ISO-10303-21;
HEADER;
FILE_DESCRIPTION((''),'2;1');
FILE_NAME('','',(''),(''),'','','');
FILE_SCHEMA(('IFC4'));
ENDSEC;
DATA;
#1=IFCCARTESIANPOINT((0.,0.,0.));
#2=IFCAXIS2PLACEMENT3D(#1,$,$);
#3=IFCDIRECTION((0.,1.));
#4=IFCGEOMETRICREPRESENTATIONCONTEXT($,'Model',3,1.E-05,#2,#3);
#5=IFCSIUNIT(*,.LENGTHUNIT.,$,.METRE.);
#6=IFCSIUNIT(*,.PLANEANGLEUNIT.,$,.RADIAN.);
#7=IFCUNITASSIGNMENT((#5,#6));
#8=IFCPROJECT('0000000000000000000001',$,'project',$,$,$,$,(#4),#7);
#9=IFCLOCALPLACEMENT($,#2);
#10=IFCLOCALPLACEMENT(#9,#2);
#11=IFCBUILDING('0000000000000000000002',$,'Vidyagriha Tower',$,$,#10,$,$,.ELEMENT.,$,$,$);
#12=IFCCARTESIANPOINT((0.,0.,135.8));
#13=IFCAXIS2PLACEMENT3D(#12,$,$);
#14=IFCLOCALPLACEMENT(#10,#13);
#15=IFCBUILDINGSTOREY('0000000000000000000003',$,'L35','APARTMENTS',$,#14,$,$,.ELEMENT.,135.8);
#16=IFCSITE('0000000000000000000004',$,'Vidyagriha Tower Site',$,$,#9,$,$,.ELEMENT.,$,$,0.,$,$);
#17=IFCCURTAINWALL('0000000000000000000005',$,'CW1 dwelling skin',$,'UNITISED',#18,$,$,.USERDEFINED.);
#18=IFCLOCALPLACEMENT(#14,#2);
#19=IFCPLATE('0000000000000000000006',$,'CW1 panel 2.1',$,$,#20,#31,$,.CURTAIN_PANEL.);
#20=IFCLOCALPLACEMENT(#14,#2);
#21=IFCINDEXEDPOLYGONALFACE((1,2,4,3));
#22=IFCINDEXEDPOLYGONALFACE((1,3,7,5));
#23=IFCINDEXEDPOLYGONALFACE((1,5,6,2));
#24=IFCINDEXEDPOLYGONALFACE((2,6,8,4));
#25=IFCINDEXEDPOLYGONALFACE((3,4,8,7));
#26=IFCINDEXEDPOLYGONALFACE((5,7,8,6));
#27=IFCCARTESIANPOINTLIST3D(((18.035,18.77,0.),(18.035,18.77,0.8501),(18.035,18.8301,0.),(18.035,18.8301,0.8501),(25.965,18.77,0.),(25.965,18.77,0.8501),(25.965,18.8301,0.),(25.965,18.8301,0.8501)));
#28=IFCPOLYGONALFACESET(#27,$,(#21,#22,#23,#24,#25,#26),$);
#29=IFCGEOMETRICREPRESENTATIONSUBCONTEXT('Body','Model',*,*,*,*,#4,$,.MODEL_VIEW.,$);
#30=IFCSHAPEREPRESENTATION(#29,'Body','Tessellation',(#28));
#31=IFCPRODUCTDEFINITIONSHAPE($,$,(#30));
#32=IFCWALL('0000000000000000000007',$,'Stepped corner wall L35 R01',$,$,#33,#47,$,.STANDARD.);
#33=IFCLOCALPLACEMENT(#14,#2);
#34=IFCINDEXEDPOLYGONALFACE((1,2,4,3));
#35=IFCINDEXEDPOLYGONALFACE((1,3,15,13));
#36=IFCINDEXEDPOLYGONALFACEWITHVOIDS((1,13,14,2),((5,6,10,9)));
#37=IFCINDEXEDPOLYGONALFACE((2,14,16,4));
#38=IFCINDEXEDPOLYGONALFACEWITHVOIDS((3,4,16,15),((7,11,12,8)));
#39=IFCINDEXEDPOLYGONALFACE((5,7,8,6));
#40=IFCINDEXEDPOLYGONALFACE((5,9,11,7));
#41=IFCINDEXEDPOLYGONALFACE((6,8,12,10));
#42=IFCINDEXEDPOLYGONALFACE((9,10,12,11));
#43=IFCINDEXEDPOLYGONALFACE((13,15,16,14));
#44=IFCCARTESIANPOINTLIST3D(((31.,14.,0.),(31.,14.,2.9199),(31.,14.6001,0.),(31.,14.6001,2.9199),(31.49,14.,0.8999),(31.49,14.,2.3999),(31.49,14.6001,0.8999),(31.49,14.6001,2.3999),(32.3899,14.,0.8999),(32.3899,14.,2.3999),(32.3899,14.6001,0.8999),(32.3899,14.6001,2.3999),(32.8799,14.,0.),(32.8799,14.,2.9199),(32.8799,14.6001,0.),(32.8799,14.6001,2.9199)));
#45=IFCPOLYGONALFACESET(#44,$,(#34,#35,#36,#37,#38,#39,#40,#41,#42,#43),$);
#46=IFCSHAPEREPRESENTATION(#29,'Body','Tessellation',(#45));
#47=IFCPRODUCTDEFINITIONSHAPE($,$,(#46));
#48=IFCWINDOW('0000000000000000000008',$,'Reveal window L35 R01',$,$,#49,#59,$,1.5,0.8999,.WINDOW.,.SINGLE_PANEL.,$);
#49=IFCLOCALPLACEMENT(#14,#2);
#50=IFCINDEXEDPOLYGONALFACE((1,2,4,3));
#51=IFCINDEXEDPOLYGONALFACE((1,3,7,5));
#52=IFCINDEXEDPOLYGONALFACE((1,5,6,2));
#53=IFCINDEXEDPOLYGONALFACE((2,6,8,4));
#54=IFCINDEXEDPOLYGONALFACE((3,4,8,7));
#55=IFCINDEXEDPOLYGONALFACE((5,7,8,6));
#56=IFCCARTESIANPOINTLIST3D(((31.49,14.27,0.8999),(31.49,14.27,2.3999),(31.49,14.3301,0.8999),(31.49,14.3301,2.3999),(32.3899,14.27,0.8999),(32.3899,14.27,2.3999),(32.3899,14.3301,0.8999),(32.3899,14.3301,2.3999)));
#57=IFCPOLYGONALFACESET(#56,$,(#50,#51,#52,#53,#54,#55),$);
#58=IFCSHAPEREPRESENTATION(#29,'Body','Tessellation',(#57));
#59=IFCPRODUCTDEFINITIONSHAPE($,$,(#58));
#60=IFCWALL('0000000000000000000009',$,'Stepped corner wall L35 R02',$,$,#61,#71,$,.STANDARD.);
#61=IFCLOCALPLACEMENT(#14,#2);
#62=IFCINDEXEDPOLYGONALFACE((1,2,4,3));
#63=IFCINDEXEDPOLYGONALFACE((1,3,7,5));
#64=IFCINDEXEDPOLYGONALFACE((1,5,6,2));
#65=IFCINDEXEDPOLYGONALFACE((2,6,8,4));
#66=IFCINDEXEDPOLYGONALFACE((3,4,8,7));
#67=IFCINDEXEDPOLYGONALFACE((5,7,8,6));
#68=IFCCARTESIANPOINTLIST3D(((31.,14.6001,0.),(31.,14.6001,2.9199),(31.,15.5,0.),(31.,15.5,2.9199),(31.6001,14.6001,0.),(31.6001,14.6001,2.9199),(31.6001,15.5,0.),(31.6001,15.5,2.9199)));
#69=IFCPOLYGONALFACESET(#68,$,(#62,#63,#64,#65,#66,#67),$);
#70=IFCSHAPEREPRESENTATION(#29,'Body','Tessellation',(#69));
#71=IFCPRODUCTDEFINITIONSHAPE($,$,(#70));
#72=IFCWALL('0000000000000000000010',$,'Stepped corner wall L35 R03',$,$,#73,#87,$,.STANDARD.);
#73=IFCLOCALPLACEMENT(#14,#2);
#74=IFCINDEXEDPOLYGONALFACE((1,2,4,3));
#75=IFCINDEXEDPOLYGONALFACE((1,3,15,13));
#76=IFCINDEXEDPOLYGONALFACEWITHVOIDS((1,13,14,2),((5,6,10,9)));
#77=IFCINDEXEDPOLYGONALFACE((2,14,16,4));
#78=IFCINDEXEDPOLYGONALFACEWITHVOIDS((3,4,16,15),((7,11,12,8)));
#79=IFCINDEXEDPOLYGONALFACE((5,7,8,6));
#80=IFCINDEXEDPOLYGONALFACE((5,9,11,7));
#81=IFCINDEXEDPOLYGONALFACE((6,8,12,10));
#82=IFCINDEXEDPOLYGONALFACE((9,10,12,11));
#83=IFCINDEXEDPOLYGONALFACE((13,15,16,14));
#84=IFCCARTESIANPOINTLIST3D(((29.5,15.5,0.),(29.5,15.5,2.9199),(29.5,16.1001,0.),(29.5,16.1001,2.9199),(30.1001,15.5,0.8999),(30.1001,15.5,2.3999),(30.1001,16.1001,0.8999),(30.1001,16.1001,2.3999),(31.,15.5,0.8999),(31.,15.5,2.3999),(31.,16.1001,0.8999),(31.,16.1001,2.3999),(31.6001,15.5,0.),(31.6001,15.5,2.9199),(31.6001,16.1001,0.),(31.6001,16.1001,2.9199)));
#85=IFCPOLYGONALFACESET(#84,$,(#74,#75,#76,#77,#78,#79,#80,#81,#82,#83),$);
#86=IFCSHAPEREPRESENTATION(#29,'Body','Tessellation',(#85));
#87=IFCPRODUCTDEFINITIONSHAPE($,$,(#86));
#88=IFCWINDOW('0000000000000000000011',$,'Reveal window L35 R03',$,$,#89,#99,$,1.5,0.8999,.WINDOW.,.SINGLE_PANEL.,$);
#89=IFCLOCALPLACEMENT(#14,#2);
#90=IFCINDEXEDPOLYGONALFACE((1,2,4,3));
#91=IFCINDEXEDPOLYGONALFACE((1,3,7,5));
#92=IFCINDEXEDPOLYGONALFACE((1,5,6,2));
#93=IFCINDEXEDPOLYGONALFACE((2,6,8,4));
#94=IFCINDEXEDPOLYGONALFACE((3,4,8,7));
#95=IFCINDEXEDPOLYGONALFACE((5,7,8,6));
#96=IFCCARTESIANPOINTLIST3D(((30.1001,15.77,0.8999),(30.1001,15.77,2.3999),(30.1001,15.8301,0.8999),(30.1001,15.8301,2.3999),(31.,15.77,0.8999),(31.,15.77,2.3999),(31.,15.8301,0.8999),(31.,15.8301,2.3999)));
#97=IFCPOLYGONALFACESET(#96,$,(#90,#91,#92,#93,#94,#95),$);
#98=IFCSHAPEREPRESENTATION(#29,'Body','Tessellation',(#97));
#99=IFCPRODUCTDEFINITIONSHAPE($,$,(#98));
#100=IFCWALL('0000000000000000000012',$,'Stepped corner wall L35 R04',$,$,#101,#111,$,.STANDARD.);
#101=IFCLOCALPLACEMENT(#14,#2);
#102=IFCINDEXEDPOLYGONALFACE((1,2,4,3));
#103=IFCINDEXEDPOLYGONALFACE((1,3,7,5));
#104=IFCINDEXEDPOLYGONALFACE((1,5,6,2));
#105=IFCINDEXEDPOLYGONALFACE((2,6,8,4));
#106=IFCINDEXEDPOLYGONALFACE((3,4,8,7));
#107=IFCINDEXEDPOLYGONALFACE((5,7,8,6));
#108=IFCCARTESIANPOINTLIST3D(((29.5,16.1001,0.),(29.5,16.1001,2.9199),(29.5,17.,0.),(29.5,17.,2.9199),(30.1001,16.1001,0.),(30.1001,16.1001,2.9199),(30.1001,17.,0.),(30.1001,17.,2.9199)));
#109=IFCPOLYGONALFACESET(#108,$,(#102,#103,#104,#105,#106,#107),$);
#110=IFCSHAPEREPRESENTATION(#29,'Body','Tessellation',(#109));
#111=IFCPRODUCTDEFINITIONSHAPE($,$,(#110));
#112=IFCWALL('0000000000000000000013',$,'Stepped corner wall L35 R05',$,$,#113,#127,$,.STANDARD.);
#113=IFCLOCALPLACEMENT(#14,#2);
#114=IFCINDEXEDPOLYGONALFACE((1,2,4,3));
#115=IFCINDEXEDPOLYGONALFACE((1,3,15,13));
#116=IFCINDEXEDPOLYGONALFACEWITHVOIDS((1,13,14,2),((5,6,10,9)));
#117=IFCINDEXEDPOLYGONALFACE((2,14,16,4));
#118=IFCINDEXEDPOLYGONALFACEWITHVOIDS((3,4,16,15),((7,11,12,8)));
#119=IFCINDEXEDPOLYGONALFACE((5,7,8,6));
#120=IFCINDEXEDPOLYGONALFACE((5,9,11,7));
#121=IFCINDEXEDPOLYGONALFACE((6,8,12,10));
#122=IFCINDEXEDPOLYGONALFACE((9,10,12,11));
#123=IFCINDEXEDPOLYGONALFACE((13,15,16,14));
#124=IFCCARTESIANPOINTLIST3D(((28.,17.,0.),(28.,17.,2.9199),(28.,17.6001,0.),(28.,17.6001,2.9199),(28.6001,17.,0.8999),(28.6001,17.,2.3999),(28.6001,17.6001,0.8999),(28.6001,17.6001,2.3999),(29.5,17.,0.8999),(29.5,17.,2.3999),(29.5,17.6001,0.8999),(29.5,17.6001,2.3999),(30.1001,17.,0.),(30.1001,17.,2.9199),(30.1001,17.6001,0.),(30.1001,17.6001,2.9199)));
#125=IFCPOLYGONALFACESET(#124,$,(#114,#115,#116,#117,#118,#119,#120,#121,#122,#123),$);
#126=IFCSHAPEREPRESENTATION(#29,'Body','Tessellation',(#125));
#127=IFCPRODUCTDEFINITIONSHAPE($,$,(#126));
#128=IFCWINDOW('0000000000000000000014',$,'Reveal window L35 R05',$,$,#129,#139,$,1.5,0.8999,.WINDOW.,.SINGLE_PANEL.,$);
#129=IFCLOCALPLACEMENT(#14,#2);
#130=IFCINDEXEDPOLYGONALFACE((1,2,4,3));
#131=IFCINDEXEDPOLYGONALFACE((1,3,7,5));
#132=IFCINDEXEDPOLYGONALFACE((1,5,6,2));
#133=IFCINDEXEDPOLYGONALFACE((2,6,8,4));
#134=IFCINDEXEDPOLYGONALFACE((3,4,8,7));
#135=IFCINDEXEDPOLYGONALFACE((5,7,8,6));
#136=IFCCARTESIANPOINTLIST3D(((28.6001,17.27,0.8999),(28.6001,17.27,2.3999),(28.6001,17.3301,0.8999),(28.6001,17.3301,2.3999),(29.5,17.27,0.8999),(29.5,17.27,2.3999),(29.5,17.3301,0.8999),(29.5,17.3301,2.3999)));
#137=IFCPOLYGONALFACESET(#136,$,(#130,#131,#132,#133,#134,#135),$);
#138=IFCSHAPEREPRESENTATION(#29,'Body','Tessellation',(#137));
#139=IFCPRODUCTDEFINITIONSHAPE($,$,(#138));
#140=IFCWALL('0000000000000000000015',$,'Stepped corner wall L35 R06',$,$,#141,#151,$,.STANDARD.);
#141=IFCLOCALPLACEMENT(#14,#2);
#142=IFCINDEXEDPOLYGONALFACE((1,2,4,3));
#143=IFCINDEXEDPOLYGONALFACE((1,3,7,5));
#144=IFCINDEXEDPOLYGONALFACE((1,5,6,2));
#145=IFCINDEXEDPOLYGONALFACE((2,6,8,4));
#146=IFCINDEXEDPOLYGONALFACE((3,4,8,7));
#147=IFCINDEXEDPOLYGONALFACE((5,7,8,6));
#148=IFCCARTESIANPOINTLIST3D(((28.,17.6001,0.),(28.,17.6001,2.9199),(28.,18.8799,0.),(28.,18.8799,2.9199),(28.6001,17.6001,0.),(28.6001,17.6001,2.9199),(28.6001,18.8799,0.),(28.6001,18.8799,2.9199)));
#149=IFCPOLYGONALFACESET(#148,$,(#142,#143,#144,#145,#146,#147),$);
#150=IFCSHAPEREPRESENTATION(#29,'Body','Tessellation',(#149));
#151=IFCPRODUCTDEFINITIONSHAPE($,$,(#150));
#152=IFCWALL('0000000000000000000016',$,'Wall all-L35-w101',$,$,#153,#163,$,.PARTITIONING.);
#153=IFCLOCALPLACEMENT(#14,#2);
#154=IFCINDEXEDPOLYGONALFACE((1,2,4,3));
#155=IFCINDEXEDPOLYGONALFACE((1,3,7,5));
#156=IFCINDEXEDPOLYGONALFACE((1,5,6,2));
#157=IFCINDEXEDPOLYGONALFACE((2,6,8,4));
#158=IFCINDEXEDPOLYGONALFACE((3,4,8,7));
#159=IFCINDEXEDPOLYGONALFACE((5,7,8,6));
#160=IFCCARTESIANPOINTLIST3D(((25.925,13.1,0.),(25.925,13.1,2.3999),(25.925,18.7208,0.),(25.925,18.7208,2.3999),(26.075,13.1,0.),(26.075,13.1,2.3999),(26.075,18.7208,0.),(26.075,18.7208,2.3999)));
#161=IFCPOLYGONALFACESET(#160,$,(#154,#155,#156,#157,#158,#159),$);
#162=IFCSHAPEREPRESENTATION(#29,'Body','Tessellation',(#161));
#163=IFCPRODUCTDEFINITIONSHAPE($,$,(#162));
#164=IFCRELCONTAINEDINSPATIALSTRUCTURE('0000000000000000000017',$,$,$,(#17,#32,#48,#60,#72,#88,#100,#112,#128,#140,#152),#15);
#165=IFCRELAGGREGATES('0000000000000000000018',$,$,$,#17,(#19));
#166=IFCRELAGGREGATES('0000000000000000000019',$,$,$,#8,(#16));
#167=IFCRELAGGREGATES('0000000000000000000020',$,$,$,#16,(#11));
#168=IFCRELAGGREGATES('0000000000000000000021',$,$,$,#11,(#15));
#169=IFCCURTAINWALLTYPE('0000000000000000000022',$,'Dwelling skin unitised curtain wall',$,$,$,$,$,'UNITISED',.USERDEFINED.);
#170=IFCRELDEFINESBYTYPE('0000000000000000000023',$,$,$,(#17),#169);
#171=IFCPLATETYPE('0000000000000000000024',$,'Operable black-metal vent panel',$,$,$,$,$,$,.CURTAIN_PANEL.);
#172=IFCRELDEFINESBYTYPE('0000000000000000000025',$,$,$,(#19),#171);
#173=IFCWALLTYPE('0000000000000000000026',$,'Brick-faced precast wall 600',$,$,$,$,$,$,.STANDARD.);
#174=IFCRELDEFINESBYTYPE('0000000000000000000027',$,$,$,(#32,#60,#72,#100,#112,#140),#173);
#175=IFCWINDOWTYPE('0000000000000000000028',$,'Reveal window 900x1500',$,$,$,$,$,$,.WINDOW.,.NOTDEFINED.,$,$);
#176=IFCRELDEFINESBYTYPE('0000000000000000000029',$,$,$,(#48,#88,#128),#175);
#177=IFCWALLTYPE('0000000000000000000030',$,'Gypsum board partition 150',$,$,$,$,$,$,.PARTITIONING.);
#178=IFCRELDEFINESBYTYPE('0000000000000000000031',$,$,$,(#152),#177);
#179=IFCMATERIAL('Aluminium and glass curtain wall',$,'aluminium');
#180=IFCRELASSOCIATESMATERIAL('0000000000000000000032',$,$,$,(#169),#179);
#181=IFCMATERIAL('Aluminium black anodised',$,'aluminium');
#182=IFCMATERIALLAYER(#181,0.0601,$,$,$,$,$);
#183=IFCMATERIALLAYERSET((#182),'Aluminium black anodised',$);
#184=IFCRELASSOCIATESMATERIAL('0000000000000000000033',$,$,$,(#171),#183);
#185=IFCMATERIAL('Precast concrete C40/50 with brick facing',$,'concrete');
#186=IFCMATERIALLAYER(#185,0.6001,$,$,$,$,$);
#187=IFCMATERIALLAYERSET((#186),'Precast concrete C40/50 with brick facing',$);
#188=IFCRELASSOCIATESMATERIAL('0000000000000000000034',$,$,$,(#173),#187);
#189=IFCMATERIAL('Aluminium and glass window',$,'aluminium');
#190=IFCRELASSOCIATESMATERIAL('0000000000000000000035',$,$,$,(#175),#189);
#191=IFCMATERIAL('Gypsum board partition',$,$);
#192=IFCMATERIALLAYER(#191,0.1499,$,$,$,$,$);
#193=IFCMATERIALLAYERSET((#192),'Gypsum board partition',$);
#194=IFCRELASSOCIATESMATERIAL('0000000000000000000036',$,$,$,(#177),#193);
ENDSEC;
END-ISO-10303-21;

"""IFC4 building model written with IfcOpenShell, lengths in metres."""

from ifc_helpers import new_model, si_unit, direction, frame, frame_2d, origin, origin_2d, place, context, subcontext, project, spatial, rectangle, extrude, material, layer, layer_set, type_object, element, fill, aggregate, save


model = new_model("IFC4")

# Units and contexts
model_context = context("Model", 3, precision=1e-05, world=origin(), true_north=direction((0.0, 1.0)))
body_context = subcontext(model_context, "Body", "Model", "MODEL_VIEW")
ifc_project = project(units=[si_unit("LENGTHUNIT", "METRE"), si_unit("PLANEANGLEUNIT", "RADIAN")], contexts=[model_context])

# Site, building, storey
site_placement = place(None, origin())
site = spatial("IfcSite", under=ifc_project, at=site_placement, Name="Vidyagriha Tower Site", CompositionType="ELEMENT", RefElevation=0.0)
building_placement = place(site_placement, origin())
building = spatial("IfcBuilding", under=site, at=building_placement, Name="Vidyagriha Tower", CompositionType="ELEMENT")
storey_placement = place(building_placement, frame((0.0, 0.0, 135.8)))
storey = spatial("IfcBuildingStorey", under=building, at=storey_placement, Name="L35", Description="APARTMENTS", CompositionType="ELEMENT", Elevation=135.8)

# Curtain wall, plate
ifc_material_1 = material(Name="Aluminium and glass curtain wall", Category="aluminium")
curtain_wall_type = type_object("IfcCurtainWallType", Name="Dwelling skin unitised curtain wall", ElementType="UNITISED", PredefinedType="USERDEFINED", material=ifc_material_1)
curtain_wall_placement = place(storey_placement, origin())
curtain_wall = element("IfcCurtainWall", 1, at=curtain_wall_placement, inside=storey, type_object=curtain_wall_type, Name="CW1 dwelling skin", ObjectType="UNITISED", PredefinedType="USERDEFINED")
ifc_material_2 = material(Name="Aluminium black anodised", Category="aluminium")
ifc_layer_1 = layer(ifc_material_2, 0.0601)
ifc_layer_set_1 = layer_set([ifc_layer_1], Name="Aluminium black anodised")
plate_type_1 = type_object("IfcPlateType", Name="Operable black-metal vent panel", PredefinedType="CURTAIN_PANEL", material=ifc_layer_set_1)
plate_1_placement = place(storey_placement, frame((22.0, 18.8, 0.0), z_axis=(0.0, 0.0, 1.0), x_axis=(-1.0, 0.0, 0.0)))
plate_1 = element("IfcPlate", 2, at=plate_1_placement, type_object=plate_type_1, Name="CW1 panel 2.1", PredefinedType="CURTAIN_PANEL", context=body_context, shape_type="SweptSolid", body=[
    extrude(rectangle(XDim=7.9299, YDim=0.0601, at=origin_2d()), origin(), (0.0, 0.0, 1.0), 0.8501),
])
aggregate(curtain_wall, [plate_1])

# Wall, opening, window
ifc_material_3 = material(Name="Precast concrete C40/50 with brick facing", Category="concrete")
ifc_layer_2 = layer(ifc_material_3, 0.6001)
ifc_layer_set_2 = layer_set([ifc_layer_2], Name="Precast concrete C40/50 with brick facing")
wall_type_1 = type_object("IfcWallType", Name="Brick-faced precast wall 600", PredefinedType="STANDARD", material=ifc_layer_set_2)
wall_1_placement = place(storey_placement, frame((32.8799, 14.3, 0.0), z_axis=(0.0, 0.0, 1.0), x_axis=(-1.0, 0.0, 0.0)))
wall_1 = element("IfcWall", 3, at=wall_1_placement, inside=storey, type_object=wall_type_1, Name="Stepped corner wall L35 R01", PredefinedType="STANDARD", context=body_context, shape_type="SweptSolid", body=[
    extrude(rectangle(XDim=1.8799, YDim=0.6001, at=frame_2d((0.9399, 0.0))), origin(), (0.0, 0.0, 1.0), 2.9199),
])
opening_1_placement = place(wall_1_placement, frame((0.49, 0.0, 0.8999)))
opening_1 = element("IfcOpeningElement", 4, at=opening_1_placement, cuts=wall_1, PredefinedType="OPENING", context=body_context, shape_type="SweptSolid", body=[
    extrude(rectangle(XDim=0.8999, YDim=1.5, at=frame_2d((0.45, 0.75))), frame((0.0, 0.3101, 0.0), z_axis=(0.0, -1.0, 0.0), x_axis=(1.0, 0.0, 0.0)), (0.0, 0.0, 1.0), 0.6201),
])
ifc_material_4 = material(Name="Aluminium and glass window", Category="aluminium")
window_type = type_object("IfcWindowType", Name="Reveal window 900x1500", PartitioningType="NOTDEFINED", PredefinedType="WINDOW", material=ifc_material_4)
window_1_placement = place(opening_1_placement, origin())
window_1 = element("IfcWindow", 5, at=window_1_placement, inside=storey, type_object=window_type, Name="Reveal window L35 R01", OverallHeight=1.5, OverallWidth=0.8999, PartitioningType="SINGLE_PANEL", PredefinedType="WINDOW", context=body_context, shape_type="SweptSolid", body=[
    extrude(rectangle(XDim=0.8999, YDim=1.5, at=frame_2d((0.45, 0.75))), frame((0.0, 0.03, 0.0), z_axis=(0.0, -1.0, 0.0), x_axis=(1.0, 0.0, 0.0)), (0.0, 0.0, 1.0), 0.0601),
])
fill(opening_1, window_1)

# Wall
wall_2_placement = place(storey_placement, frame((31.3, 14.6001, 0.0), z_axis=(0.0, 0.0, 1.0), x_axis=(0.0, 1.0, 0.0)))
element("IfcWall", 6, at=wall_2_placement, inside=storey, type_object=wall_type_1, Name="Stepped corner wall L35 R02", PredefinedType="STANDARD", context=body_context, shape_type="SweptSolid", body=[
    extrude(rectangle(XDim=0.8999, YDim=0.6001, at=frame_2d((0.45, 0.0))), origin(), (0.0, 0.0, 1.0), 2.9199),
])

# Wall, opening, window
wall_3_placement = place(storey_placement, frame((31.6001, 15.8, 0.0), z_axis=(0.0, 0.0, 1.0), x_axis=(-1.0, 0.0, 0.0)))
wall_3 = element("IfcWall", 7, at=wall_3_placement, inside=storey, type_object=wall_type_1, Name="Stepped corner wall L35 R03", PredefinedType="STANDARD", context=body_context, shape_type="SweptSolid", body=[
    extrude(rectangle(XDim=2.1001, YDim=0.6001, at=frame_2d((1.05, 0.0))), origin(), (0.0, 0.0, 1.0), 2.9199),
])
opening_2_placement = place(wall_3_placement, frame((0.6001, 0.0, 0.8999)))
opening_2 = element("IfcOpeningElement", 8, at=opening_2_placement, cuts=wall_3, PredefinedType="OPENING", context=body_context, shape_type="SweptSolid", body=[
    extrude(rectangle(XDim=0.8999, YDim=1.5, at=frame_2d((0.45, 0.75))), frame((0.0, 0.3101, 0.0), z_axis=(0.0, -1.0, 0.0), x_axis=(1.0, 0.0, 0.0)), (0.0, 0.0, 1.0), 0.6201),
])
window_2_placement = place(opening_2_placement, origin())
window_2 = element("IfcWindow", 9, at=window_2_placement, inside=storey, type_object=window_type, Name="Reveal window L35 R03", OverallHeight=1.5, OverallWidth=0.8999, PartitioningType="SINGLE_PANEL", PredefinedType="WINDOW", context=body_context, shape_type="SweptSolid", body=[
    extrude(rectangle(XDim=0.8999, YDim=1.5, at=frame_2d((0.45, 0.75))), frame((0.0, 0.03, 0.0), z_axis=(0.0, -1.0, 0.0), x_axis=(1.0, 0.0, 0.0)), (0.0, 0.0, 1.0), 0.0601),
])
fill(opening_2, window_2)

# Wall
wall_4_placement = place(storey_placement, frame((29.8, 16.1001, 0.0), z_axis=(0.0, 0.0, 1.0), x_axis=(0.0, 1.0, 0.0)))
element("IfcWall", 10, at=wall_4_placement, inside=storey, type_object=wall_type_1, Name="Stepped corner wall L35 R04", PredefinedType="STANDARD", context=body_context, shape_type="SweptSolid", body=[
    extrude(rectangle(XDim=0.8999, YDim=0.6001, at=frame_2d((0.45, 0.0))), origin(), (0.0, 0.0, 1.0), 2.9199),
])

# Wall, opening, window
wall_5_placement = place(storey_placement, frame((30.1001, 17.3, 0.0), z_axis=(0.0, 0.0, 1.0), x_axis=(-1.0, 0.0, 0.0)))
wall_5 = element("IfcWall", 11, at=wall_5_placement, inside=storey, type_object=wall_type_1, Name="Stepped corner wall L35 R05", PredefinedType="STANDARD", context=body_context, shape_type="SweptSolid", body=[
    extrude(rectangle(XDim=2.1001, YDim=0.6001, at=frame_2d((1.05, 0.0))), origin(), (0.0, 0.0, 1.0), 2.9199),
])
opening_3_placement = place(wall_5_placement, frame((0.6001, 0.0, 0.8999)))
opening_3 = element("IfcOpeningElement", 12, at=opening_3_placement, cuts=wall_5, PredefinedType="OPENING", context=body_context, shape_type="SweptSolid", body=[
    extrude(rectangle(XDim=0.8999, YDim=1.5, at=frame_2d((0.45, 0.75))), frame((0.0, 0.3101, 0.0), z_axis=(0.0, -1.0, 0.0), x_axis=(1.0, 0.0, 0.0)), (0.0, 0.0, 1.0), 0.6201),
])
window_3_placement = place(opening_3_placement, origin())
window_3 = element("IfcWindow", 13, at=window_3_placement, inside=storey, type_object=window_type, Name="Reveal window L35 R05", OverallHeight=1.5, OverallWidth=0.8999, PartitioningType="SINGLE_PANEL", PredefinedType="WINDOW", context=body_context, shape_type="SweptSolid", body=[
    extrude(rectangle(XDim=0.8999, YDim=1.5, at=frame_2d((0.45, 0.75))), frame((0.0, 0.03, 0.0), z_axis=(0.0, -1.0, 0.0), x_axis=(1.0, 0.0, 0.0)), (0.0, 0.0, 1.0), 0.0601),
])
fill(opening_3, window_3)

# Walls
wall_6_placement = place(storey_placement, frame((28.3, 17.6001, 0.0), z_axis=(0.0, 0.0, 1.0), x_axis=(0.0, 1.0, 0.0)))
element("IfcWall", 14, at=wall_6_placement, inside=storey, type_object=wall_type_1, Name="Stepped corner wall L35 R06", PredefinedType="STANDARD", context=body_context, shape_type="SweptSolid", body=[
    extrude(rectangle(XDim=1.2798, YDim=0.6001, at=frame_2d((0.6399, 0.0))), origin(), (0.0, 0.0, 1.0), 2.9199),
])
ifc_material_5 = material(Name="Gypsum board partition")
ifc_layer_3 = layer(ifc_material_5, 0.1499)
ifc_layer_set_3 = layer_set([ifc_layer_3], Name="Gypsum board partition")
wall_type_2 = type_object("IfcWallType", Name="Gypsum board partition 150", PredefinedType="PARTITIONING", material=ifc_layer_set_3)
wall_7_placement = place(storey_placement, frame((26.0, 18.7209, 0.0), z_axis=(0.0, 0.0, 1.0), x_axis=(0.0, -1.0, 0.0)))
element("IfcWall", 15, at=wall_7_placement, inside=storey, type_object=wall_type_2, Name="Wall all-L35-w101", PredefinedType="PARTITIONING", context=body_context, shape_type="SweptSolid", body=[
    extrude(rectangle(XDim=5.6208, YDim=0.1499, at=frame_2d((2.8105, 0.0))), origin(), (0.0, 0.0, 1.0), 2.3999),
])

save(model, "model.ifc")
